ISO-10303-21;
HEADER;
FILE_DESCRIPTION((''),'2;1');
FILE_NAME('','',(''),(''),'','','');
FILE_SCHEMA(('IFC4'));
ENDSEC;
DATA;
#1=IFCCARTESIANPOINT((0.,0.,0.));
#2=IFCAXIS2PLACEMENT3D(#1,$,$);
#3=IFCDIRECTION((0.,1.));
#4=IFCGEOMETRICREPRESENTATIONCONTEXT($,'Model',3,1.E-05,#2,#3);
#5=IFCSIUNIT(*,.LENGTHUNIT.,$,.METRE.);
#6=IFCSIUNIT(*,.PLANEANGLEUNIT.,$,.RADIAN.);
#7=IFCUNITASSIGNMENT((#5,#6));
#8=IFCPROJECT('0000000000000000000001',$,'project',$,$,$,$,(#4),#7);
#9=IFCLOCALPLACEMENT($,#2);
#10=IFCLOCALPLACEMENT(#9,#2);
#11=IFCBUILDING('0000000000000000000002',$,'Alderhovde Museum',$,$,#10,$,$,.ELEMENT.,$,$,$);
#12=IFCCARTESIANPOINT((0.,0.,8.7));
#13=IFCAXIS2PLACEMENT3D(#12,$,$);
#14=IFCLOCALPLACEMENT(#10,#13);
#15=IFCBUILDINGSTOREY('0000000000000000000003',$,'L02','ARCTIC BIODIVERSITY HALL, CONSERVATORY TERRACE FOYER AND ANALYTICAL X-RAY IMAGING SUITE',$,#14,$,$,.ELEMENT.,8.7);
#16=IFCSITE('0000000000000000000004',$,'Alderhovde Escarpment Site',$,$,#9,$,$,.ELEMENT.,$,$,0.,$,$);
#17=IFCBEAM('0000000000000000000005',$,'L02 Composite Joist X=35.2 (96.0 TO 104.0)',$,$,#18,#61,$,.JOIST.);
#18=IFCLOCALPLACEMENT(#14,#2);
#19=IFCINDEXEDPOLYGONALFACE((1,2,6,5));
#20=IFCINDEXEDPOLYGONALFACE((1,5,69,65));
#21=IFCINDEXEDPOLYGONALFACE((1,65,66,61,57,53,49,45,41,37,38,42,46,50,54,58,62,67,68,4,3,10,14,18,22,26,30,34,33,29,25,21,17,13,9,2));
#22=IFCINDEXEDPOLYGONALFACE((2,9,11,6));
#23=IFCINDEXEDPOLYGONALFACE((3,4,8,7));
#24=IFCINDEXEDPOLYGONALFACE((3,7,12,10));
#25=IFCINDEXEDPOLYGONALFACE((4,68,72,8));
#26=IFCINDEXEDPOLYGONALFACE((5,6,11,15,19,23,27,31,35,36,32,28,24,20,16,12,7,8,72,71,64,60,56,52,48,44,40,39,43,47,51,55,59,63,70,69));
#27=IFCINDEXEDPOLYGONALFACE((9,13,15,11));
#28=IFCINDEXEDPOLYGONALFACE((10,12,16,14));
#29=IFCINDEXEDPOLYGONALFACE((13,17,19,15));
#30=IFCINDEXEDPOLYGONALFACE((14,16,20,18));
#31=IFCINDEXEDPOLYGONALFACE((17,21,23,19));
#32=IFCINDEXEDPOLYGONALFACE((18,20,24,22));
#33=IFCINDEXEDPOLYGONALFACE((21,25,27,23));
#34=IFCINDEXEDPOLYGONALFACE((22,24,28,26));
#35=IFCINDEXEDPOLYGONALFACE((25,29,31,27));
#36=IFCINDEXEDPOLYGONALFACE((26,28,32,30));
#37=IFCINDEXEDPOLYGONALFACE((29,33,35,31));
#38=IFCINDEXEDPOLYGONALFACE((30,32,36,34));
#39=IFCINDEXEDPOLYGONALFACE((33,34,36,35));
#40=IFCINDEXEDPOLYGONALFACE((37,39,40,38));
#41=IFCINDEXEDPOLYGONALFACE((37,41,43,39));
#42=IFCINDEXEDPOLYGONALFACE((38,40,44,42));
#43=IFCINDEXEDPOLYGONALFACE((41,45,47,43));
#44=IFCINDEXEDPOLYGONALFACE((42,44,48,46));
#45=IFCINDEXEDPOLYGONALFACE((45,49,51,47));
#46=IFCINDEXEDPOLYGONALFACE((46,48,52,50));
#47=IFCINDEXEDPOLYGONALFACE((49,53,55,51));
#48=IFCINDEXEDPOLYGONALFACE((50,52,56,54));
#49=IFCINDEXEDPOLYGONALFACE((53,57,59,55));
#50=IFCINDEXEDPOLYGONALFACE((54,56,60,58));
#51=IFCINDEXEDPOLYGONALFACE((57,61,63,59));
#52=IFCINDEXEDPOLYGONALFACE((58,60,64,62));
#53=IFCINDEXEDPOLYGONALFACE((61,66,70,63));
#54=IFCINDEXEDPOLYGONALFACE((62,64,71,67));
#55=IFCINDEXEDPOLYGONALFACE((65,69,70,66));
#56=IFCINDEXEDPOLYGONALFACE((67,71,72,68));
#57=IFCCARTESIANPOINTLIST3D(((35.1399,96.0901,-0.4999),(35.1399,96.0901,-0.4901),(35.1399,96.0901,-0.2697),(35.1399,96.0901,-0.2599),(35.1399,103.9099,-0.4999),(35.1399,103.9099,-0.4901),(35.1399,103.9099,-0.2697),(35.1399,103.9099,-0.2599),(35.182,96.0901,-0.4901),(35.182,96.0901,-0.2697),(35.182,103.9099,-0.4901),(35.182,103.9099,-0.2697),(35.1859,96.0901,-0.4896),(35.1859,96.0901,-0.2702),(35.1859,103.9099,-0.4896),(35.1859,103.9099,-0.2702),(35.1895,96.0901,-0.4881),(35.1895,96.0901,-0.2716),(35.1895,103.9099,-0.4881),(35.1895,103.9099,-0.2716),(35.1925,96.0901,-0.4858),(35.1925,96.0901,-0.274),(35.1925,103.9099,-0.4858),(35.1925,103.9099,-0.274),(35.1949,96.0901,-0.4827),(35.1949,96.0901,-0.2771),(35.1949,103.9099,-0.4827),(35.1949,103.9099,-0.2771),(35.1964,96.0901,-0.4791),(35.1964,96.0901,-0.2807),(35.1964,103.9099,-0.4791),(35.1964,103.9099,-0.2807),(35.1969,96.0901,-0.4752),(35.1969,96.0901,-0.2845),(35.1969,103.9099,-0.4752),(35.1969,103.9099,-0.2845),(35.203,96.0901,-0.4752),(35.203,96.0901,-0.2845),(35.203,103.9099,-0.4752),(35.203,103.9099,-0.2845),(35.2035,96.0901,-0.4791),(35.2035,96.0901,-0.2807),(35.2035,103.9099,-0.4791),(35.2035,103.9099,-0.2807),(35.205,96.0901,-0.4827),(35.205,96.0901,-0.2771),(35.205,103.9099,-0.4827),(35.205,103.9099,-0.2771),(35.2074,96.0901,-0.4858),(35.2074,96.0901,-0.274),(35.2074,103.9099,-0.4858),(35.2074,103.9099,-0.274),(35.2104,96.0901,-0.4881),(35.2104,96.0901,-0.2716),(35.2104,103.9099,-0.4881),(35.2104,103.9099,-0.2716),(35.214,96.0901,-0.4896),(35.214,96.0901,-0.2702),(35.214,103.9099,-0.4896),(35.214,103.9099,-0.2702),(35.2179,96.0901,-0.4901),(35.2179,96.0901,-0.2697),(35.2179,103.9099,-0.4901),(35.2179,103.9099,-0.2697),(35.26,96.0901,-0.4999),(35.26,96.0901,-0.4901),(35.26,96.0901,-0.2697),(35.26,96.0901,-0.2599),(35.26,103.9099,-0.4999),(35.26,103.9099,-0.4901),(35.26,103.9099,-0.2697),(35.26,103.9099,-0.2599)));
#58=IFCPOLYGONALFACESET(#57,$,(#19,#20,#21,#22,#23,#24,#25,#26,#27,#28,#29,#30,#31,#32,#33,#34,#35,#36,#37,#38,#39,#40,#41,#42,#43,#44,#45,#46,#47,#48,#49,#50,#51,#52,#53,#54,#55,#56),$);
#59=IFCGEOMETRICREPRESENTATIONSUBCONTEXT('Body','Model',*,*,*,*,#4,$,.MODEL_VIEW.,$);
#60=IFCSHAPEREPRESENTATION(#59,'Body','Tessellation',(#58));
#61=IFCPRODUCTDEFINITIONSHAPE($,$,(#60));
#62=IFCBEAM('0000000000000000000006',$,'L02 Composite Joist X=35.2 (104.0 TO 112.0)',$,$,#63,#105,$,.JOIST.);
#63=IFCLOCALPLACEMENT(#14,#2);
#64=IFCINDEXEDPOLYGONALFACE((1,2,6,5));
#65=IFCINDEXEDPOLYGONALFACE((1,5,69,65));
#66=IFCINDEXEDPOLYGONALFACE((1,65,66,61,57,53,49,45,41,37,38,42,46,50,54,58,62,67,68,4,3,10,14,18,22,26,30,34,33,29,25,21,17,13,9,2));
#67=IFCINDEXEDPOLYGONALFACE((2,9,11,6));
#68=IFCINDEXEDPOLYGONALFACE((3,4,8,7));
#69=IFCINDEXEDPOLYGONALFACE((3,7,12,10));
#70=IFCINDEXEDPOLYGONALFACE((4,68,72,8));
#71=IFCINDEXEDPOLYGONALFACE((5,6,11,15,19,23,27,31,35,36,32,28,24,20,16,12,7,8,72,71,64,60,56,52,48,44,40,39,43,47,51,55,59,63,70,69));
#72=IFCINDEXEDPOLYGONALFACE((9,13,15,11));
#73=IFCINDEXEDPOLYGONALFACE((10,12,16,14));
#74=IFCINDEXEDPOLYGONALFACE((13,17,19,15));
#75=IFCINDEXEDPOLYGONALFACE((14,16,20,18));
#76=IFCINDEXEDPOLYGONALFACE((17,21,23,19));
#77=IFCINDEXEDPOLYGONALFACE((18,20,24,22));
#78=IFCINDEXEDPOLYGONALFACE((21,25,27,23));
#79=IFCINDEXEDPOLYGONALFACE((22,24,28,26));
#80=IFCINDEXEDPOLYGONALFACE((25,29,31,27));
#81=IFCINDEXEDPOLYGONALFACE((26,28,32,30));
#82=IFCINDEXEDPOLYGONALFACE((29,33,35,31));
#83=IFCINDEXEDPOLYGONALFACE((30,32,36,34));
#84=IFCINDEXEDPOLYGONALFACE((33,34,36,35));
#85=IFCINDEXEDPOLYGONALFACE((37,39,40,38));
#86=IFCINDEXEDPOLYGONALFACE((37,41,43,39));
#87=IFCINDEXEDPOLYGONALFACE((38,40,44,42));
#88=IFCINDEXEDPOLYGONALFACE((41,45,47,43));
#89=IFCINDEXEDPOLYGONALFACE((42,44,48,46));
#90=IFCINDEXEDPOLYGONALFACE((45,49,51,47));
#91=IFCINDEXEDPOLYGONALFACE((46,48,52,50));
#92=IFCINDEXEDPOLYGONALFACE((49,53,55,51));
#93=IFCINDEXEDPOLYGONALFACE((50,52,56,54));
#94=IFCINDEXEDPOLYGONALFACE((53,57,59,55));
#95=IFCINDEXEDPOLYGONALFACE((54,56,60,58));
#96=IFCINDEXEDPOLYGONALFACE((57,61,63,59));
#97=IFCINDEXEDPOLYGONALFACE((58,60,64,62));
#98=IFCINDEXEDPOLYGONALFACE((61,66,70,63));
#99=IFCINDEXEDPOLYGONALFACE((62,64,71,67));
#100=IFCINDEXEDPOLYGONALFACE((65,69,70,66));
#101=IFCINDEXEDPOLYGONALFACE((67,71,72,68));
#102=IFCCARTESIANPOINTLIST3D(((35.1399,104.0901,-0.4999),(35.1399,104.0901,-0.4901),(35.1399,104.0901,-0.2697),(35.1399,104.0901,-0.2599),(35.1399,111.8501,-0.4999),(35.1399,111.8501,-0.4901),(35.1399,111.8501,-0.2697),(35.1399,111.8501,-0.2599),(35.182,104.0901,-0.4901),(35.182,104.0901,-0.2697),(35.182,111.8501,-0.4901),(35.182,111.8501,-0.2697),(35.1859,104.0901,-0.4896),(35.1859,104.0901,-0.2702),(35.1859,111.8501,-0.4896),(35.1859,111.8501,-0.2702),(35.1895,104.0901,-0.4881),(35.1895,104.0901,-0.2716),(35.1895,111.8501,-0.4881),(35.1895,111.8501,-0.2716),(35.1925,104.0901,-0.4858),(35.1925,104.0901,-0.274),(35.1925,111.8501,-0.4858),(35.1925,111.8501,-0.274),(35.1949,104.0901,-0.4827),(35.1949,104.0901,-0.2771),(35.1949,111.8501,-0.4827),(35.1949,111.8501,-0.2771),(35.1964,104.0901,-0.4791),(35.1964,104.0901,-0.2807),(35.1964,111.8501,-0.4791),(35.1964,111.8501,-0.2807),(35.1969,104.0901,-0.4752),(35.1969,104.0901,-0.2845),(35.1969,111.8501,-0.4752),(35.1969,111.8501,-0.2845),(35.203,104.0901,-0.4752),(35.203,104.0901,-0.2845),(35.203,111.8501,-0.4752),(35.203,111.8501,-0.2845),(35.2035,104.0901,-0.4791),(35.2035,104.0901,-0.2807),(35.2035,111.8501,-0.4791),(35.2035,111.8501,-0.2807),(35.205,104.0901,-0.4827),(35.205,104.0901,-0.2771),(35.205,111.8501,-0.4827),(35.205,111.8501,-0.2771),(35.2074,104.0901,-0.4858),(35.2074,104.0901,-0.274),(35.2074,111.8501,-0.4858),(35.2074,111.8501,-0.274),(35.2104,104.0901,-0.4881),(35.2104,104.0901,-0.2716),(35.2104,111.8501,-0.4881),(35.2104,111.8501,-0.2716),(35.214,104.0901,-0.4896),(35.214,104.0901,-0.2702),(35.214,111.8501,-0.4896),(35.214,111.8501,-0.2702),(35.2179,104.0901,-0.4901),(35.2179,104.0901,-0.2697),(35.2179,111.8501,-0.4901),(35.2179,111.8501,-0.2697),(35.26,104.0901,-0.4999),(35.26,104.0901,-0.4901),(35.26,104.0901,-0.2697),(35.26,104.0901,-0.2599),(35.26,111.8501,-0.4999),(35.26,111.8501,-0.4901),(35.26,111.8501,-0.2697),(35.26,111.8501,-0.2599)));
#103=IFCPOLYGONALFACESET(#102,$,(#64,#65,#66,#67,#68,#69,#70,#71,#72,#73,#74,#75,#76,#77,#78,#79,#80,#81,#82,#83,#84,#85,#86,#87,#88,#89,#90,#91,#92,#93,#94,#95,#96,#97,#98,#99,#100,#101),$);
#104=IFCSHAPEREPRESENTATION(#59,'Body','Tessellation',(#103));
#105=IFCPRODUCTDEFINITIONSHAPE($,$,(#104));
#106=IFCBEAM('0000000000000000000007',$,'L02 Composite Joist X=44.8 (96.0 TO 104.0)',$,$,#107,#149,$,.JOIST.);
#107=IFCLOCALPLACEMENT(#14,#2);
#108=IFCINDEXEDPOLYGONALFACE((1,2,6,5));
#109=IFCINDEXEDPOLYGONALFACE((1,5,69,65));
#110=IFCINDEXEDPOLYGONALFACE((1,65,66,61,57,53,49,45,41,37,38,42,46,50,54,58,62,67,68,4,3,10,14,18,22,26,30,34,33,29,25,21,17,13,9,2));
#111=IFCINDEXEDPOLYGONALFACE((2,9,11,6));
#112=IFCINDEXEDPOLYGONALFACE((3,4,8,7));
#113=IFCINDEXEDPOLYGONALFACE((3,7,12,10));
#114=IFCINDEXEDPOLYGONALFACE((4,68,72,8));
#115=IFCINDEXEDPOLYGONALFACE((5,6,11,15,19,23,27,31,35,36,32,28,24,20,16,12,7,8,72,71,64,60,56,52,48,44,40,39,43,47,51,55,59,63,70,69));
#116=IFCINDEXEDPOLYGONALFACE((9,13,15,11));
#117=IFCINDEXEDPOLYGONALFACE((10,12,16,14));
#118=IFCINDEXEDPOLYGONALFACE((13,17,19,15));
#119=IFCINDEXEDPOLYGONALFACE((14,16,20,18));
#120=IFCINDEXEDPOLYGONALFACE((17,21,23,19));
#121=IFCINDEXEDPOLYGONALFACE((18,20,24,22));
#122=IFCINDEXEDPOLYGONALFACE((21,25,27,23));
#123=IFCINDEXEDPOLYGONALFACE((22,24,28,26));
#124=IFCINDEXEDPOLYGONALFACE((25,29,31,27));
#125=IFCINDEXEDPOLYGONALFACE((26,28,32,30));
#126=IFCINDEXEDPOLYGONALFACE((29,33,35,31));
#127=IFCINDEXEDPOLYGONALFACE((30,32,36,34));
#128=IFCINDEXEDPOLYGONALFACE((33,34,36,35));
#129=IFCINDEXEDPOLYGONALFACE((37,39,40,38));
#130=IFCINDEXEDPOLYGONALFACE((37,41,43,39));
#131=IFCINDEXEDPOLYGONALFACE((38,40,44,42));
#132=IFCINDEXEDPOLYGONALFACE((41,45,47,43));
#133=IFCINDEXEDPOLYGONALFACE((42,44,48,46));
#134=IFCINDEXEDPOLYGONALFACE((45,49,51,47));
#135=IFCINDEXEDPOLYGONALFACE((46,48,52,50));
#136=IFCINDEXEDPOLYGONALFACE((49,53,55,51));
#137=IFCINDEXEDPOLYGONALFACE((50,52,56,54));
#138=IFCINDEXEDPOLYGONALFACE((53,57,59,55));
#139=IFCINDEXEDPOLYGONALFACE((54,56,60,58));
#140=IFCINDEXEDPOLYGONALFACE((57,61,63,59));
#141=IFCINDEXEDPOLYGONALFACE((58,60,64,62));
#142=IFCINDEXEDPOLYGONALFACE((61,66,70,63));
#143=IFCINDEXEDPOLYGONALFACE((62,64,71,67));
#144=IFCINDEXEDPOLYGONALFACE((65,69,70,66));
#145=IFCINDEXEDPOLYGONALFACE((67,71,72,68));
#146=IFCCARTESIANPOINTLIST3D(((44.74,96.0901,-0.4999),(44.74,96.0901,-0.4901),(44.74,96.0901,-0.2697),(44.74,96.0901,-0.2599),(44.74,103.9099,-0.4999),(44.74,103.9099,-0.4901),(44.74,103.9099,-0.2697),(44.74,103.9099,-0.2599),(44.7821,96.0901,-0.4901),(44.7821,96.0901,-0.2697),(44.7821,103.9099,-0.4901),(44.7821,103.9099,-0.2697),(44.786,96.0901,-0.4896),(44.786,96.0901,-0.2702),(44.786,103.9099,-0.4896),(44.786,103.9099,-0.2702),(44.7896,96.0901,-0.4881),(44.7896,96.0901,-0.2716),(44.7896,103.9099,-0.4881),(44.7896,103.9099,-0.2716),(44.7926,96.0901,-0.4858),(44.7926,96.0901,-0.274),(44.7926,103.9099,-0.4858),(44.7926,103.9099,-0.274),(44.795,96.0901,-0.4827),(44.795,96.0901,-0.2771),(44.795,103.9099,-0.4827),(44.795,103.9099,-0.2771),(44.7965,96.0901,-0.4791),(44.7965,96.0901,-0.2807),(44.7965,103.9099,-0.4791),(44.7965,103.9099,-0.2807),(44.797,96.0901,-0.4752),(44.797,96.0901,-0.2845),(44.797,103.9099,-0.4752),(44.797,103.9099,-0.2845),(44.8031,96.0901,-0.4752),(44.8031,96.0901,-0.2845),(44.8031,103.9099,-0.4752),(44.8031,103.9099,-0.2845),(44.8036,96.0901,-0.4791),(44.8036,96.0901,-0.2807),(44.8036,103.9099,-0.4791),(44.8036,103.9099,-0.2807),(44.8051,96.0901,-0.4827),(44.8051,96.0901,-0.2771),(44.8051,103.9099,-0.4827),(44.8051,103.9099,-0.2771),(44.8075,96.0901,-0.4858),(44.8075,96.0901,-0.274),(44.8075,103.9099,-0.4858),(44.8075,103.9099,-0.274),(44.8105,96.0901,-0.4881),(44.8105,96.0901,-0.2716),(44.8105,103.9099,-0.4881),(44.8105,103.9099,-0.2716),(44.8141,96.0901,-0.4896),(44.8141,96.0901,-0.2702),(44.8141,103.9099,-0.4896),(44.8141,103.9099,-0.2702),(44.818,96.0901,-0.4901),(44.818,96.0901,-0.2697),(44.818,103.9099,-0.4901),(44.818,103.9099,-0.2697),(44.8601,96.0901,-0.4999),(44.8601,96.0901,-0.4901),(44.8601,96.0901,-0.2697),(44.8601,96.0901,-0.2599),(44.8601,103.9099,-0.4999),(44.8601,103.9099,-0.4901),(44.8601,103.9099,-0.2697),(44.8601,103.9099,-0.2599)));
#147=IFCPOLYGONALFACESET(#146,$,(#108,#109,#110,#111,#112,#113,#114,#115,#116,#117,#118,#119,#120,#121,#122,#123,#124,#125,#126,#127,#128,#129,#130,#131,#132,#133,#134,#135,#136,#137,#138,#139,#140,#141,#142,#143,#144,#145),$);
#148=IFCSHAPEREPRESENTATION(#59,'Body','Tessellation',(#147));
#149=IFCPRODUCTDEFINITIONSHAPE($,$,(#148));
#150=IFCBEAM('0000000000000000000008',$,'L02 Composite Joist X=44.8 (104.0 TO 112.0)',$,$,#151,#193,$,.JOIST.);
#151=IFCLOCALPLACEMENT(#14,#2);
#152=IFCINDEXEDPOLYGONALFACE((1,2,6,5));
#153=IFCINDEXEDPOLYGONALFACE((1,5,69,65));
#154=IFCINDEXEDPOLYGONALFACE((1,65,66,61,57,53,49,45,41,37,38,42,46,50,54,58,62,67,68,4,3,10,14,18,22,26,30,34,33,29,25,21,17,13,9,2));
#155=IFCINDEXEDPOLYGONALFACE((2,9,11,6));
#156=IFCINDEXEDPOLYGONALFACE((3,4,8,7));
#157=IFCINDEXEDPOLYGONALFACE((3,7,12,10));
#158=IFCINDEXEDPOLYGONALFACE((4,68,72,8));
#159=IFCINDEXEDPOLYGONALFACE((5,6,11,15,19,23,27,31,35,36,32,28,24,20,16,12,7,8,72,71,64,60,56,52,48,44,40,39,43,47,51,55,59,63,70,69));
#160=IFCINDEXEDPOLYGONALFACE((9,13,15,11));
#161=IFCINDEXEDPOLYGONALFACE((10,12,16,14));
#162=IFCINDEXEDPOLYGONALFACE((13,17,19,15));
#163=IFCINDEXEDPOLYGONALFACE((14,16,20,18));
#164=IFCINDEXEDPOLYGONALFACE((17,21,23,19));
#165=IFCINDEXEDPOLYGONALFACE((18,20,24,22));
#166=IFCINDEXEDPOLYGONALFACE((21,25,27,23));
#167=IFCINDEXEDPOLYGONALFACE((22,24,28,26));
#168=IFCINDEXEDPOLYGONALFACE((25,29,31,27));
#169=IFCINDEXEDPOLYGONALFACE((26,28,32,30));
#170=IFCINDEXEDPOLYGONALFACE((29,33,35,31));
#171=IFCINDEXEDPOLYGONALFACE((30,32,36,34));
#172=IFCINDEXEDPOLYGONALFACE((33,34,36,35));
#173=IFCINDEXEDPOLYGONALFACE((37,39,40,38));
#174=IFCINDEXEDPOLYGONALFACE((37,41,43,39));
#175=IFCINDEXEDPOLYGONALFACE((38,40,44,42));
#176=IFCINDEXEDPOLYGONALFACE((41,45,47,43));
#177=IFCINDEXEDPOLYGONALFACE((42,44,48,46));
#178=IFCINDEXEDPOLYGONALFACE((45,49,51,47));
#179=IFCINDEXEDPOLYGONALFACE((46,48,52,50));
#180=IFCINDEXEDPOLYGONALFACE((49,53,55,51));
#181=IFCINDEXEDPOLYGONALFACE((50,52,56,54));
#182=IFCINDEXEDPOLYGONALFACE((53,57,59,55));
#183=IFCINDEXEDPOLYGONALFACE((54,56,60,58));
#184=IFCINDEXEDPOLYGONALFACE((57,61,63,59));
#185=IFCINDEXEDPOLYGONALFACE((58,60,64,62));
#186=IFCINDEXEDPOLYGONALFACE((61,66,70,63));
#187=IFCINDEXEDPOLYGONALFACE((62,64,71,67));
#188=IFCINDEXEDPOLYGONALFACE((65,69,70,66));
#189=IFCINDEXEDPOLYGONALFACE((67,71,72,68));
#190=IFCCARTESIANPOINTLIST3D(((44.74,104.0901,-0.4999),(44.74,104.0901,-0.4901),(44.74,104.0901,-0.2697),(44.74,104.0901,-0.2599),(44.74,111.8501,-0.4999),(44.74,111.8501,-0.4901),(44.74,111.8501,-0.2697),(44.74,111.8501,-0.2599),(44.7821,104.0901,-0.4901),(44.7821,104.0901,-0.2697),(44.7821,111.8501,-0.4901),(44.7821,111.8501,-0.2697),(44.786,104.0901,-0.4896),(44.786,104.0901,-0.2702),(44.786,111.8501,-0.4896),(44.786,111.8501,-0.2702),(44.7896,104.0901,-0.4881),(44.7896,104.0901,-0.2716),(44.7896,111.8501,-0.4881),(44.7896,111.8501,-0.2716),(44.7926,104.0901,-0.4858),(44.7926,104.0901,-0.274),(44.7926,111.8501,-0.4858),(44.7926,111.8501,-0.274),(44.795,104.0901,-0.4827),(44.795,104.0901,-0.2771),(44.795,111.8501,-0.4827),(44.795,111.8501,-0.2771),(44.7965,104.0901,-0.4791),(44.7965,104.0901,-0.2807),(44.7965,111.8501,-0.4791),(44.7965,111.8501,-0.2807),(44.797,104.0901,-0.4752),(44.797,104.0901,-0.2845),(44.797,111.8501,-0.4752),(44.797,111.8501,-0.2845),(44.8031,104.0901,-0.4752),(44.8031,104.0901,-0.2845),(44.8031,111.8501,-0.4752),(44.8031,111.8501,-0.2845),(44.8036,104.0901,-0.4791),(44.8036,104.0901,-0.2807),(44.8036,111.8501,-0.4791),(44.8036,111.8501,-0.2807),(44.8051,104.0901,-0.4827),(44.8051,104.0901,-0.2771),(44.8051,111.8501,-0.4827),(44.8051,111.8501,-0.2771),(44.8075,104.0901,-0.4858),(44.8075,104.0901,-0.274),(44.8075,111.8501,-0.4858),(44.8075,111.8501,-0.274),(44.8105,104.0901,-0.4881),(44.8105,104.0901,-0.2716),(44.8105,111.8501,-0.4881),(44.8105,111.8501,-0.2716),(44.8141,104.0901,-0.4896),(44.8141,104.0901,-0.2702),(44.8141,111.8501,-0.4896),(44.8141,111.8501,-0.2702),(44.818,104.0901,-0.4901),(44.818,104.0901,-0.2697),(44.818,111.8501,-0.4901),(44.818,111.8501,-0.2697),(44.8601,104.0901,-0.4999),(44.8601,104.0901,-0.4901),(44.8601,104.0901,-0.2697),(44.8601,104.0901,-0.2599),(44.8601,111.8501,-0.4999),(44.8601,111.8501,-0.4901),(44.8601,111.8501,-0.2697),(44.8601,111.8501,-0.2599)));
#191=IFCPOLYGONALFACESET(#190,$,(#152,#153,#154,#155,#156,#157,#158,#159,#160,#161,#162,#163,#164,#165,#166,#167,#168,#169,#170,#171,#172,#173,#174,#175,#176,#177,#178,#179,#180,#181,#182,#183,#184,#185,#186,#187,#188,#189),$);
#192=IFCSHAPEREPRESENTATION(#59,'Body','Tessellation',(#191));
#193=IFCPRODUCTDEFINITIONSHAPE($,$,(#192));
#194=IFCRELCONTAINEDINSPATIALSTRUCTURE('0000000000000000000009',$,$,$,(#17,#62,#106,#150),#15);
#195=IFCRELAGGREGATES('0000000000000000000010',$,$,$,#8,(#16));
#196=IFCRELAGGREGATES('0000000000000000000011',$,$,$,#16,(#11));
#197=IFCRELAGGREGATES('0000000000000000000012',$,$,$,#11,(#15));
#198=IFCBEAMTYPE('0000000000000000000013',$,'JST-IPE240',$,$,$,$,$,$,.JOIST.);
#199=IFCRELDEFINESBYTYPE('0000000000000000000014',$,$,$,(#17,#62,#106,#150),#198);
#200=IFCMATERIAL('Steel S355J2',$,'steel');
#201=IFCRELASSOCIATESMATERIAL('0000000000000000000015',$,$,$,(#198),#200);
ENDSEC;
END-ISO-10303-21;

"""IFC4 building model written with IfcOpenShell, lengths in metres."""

from ifc_helpers import new_model, si_unit, direction, frame, origin, origin_2d, place, context, subcontext, project, spatial, i_section, extrude, material, material_profile, profile_set, type_object, element, save


model = new_model("IFC4")

# Units and contexts
model_context = context("Model", 3, precision=1e-05, world=origin(), true_north=direction((0.0, 1.0)))
body_context = subcontext(model_context, "Body", "Model", "MODEL_VIEW")
ifc_project = project(units=[si_unit("LENGTHUNIT", "METRE"), si_unit("PLANEANGLEUNIT", "RADIAN")], contexts=[model_context])

# Site, building, storey
site_placement = place(None, origin())
site = spatial("IfcSite", under=ifc_project, at=site_placement, Name="Alderhovde Escarpment Site", CompositionType="ELEMENT", RefElevation=0.0)
building_placement = place(site_placement, origin())
building = spatial("IfcBuilding", under=site, at=building_placement, Name="Alderhovde Museum", CompositionType="ELEMENT")
storey_placement = place(building_placement, frame((0.0, 0.0, 8.7)))
storey = spatial("IfcBuildingStorey", under=building, at=storey_placement, Name="L02", Description="ARCTIC BIODIVERSITY HALL, CONSERVATORY TERRACE FOYER AND ANALYTICAL X-RAY IMAGING SUITE", CompositionType="ELEMENT", Elevation=8.7)

# Beams
ifc_material_1 = material(Name="Steel S355J2", Category="steel")
ifc_material_profile_1 = material_profile(ifc_material_1, i_section(OverallWidth=0.1201, OverallDepth=0.24, WebThickness=0.0061, FlangeThickness=0.0098, FilletRadius=0.0149, at=origin_2d()), Name="IPE 240")
ifc_profile_set_1 = profile_set([ifc_material_profile_1], Name="Steel S355J2")
beam_type_1 = type_object("IfcBeamType", Name="JST-IPE240", PredefinedType="JOIST", material=ifc_profile_set_1)
beam_1_placement = place(storey_placement, frame((35.2, 96.0901, -0.3799), z_axis=(0.0, 1.0, 0.0), x_axis=(-1.0, 0.0, 0.0)))
element("IfcBeam", 1, at=beam_1_placement, inside=storey, type_object=beam_type_1, Name="L02 Composite Joist X=35.2 (96.0 TO 104.0)", PredefinedType="JOIST", context=body_context, shape_type="SweptSolid", body=[
    extrude(i_section(OverallWidth=0.1201, OverallDepth=0.24, WebThickness=0.0061, FlangeThickness=0.0098, FilletRadius=0.0149, at=origin_2d()), origin(), (0.0, 0.0, 1.0), 7.8198),
])
beam_2_placement = place(storey_placement, frame((35.2, 104.0901, -0.3799), z_axis=(0.0, 1.0, 0.0), x_axis=(-1.0, 0.0, 0.0)))
element("IfcBeam", 2, at=beam_2_placement, inside=storey, type_object=beam_type_1, Name="L02 Composite Joist X=35.2 (104.0 TO 112.0)", PredefinedType="JOIST", context=body_context, shape_type="SweptSolid", body=[
    extrude(i_section(OverallWidth=0.1201, OverallDepth=0.24, WebThickness=0.0061, FlangeThickness=0.0098, FilletRadius=0.0149, at=origin_2d()), origin(), (0.0, 0.0, 1.0), 7.76),
])
beam_3_placement = place(storey_placement, frame((44.8, 96.0901, -0.3799), z_axis=(0.0, 1.0, 0.0), x_axis=(-1.0, 0.0, 0.0)))
element("IfcBeam", 3, at=beam_3_placement, inside=storey, type_object=beam_type_1, Name="L02 Composite Joist X=44.8 (96.0 TO 104.0)", PredefinedType="JOIST", context=body_context, shape_type="SweptSolid", body=[
    extrude(i_section(OverallWidth=0.1201, OverallDepth=0.24, WebThickness=0.0061, FlangeThickness=0.0098, FilletRadius=0.0149, at=origin_2d()), origin(), (0.0, 0.0, 1.0), 7.8198),
])
beam_4_placement = place(storey_placement, frame((44.8, 104.0901, -0.3799), z_axis=(0.0, 1.0, 0.0), x_axis=(-1.0, 0.0, 0.0)))
element("IfcBeam", 4, at=beam_4_placement, inside=storey, type_object=beam_type_1, Name="L02 Composite Joist X=44.8 (104.0 TO 112.0)", PredefinedType="JOIST", context=body_context, shape_type="SweptSolid", body=[
    extrude(i_section(OverallWidth=0.1201, OverallDepth=0.24, WebThickness=0.0061, FlangeThickness=0.0098, FilletRadius=0.0149, at=origin_2d()), origin(), (0.0, 0.0, 1.0), 7.76),
])

save(model, "model.ifc")
